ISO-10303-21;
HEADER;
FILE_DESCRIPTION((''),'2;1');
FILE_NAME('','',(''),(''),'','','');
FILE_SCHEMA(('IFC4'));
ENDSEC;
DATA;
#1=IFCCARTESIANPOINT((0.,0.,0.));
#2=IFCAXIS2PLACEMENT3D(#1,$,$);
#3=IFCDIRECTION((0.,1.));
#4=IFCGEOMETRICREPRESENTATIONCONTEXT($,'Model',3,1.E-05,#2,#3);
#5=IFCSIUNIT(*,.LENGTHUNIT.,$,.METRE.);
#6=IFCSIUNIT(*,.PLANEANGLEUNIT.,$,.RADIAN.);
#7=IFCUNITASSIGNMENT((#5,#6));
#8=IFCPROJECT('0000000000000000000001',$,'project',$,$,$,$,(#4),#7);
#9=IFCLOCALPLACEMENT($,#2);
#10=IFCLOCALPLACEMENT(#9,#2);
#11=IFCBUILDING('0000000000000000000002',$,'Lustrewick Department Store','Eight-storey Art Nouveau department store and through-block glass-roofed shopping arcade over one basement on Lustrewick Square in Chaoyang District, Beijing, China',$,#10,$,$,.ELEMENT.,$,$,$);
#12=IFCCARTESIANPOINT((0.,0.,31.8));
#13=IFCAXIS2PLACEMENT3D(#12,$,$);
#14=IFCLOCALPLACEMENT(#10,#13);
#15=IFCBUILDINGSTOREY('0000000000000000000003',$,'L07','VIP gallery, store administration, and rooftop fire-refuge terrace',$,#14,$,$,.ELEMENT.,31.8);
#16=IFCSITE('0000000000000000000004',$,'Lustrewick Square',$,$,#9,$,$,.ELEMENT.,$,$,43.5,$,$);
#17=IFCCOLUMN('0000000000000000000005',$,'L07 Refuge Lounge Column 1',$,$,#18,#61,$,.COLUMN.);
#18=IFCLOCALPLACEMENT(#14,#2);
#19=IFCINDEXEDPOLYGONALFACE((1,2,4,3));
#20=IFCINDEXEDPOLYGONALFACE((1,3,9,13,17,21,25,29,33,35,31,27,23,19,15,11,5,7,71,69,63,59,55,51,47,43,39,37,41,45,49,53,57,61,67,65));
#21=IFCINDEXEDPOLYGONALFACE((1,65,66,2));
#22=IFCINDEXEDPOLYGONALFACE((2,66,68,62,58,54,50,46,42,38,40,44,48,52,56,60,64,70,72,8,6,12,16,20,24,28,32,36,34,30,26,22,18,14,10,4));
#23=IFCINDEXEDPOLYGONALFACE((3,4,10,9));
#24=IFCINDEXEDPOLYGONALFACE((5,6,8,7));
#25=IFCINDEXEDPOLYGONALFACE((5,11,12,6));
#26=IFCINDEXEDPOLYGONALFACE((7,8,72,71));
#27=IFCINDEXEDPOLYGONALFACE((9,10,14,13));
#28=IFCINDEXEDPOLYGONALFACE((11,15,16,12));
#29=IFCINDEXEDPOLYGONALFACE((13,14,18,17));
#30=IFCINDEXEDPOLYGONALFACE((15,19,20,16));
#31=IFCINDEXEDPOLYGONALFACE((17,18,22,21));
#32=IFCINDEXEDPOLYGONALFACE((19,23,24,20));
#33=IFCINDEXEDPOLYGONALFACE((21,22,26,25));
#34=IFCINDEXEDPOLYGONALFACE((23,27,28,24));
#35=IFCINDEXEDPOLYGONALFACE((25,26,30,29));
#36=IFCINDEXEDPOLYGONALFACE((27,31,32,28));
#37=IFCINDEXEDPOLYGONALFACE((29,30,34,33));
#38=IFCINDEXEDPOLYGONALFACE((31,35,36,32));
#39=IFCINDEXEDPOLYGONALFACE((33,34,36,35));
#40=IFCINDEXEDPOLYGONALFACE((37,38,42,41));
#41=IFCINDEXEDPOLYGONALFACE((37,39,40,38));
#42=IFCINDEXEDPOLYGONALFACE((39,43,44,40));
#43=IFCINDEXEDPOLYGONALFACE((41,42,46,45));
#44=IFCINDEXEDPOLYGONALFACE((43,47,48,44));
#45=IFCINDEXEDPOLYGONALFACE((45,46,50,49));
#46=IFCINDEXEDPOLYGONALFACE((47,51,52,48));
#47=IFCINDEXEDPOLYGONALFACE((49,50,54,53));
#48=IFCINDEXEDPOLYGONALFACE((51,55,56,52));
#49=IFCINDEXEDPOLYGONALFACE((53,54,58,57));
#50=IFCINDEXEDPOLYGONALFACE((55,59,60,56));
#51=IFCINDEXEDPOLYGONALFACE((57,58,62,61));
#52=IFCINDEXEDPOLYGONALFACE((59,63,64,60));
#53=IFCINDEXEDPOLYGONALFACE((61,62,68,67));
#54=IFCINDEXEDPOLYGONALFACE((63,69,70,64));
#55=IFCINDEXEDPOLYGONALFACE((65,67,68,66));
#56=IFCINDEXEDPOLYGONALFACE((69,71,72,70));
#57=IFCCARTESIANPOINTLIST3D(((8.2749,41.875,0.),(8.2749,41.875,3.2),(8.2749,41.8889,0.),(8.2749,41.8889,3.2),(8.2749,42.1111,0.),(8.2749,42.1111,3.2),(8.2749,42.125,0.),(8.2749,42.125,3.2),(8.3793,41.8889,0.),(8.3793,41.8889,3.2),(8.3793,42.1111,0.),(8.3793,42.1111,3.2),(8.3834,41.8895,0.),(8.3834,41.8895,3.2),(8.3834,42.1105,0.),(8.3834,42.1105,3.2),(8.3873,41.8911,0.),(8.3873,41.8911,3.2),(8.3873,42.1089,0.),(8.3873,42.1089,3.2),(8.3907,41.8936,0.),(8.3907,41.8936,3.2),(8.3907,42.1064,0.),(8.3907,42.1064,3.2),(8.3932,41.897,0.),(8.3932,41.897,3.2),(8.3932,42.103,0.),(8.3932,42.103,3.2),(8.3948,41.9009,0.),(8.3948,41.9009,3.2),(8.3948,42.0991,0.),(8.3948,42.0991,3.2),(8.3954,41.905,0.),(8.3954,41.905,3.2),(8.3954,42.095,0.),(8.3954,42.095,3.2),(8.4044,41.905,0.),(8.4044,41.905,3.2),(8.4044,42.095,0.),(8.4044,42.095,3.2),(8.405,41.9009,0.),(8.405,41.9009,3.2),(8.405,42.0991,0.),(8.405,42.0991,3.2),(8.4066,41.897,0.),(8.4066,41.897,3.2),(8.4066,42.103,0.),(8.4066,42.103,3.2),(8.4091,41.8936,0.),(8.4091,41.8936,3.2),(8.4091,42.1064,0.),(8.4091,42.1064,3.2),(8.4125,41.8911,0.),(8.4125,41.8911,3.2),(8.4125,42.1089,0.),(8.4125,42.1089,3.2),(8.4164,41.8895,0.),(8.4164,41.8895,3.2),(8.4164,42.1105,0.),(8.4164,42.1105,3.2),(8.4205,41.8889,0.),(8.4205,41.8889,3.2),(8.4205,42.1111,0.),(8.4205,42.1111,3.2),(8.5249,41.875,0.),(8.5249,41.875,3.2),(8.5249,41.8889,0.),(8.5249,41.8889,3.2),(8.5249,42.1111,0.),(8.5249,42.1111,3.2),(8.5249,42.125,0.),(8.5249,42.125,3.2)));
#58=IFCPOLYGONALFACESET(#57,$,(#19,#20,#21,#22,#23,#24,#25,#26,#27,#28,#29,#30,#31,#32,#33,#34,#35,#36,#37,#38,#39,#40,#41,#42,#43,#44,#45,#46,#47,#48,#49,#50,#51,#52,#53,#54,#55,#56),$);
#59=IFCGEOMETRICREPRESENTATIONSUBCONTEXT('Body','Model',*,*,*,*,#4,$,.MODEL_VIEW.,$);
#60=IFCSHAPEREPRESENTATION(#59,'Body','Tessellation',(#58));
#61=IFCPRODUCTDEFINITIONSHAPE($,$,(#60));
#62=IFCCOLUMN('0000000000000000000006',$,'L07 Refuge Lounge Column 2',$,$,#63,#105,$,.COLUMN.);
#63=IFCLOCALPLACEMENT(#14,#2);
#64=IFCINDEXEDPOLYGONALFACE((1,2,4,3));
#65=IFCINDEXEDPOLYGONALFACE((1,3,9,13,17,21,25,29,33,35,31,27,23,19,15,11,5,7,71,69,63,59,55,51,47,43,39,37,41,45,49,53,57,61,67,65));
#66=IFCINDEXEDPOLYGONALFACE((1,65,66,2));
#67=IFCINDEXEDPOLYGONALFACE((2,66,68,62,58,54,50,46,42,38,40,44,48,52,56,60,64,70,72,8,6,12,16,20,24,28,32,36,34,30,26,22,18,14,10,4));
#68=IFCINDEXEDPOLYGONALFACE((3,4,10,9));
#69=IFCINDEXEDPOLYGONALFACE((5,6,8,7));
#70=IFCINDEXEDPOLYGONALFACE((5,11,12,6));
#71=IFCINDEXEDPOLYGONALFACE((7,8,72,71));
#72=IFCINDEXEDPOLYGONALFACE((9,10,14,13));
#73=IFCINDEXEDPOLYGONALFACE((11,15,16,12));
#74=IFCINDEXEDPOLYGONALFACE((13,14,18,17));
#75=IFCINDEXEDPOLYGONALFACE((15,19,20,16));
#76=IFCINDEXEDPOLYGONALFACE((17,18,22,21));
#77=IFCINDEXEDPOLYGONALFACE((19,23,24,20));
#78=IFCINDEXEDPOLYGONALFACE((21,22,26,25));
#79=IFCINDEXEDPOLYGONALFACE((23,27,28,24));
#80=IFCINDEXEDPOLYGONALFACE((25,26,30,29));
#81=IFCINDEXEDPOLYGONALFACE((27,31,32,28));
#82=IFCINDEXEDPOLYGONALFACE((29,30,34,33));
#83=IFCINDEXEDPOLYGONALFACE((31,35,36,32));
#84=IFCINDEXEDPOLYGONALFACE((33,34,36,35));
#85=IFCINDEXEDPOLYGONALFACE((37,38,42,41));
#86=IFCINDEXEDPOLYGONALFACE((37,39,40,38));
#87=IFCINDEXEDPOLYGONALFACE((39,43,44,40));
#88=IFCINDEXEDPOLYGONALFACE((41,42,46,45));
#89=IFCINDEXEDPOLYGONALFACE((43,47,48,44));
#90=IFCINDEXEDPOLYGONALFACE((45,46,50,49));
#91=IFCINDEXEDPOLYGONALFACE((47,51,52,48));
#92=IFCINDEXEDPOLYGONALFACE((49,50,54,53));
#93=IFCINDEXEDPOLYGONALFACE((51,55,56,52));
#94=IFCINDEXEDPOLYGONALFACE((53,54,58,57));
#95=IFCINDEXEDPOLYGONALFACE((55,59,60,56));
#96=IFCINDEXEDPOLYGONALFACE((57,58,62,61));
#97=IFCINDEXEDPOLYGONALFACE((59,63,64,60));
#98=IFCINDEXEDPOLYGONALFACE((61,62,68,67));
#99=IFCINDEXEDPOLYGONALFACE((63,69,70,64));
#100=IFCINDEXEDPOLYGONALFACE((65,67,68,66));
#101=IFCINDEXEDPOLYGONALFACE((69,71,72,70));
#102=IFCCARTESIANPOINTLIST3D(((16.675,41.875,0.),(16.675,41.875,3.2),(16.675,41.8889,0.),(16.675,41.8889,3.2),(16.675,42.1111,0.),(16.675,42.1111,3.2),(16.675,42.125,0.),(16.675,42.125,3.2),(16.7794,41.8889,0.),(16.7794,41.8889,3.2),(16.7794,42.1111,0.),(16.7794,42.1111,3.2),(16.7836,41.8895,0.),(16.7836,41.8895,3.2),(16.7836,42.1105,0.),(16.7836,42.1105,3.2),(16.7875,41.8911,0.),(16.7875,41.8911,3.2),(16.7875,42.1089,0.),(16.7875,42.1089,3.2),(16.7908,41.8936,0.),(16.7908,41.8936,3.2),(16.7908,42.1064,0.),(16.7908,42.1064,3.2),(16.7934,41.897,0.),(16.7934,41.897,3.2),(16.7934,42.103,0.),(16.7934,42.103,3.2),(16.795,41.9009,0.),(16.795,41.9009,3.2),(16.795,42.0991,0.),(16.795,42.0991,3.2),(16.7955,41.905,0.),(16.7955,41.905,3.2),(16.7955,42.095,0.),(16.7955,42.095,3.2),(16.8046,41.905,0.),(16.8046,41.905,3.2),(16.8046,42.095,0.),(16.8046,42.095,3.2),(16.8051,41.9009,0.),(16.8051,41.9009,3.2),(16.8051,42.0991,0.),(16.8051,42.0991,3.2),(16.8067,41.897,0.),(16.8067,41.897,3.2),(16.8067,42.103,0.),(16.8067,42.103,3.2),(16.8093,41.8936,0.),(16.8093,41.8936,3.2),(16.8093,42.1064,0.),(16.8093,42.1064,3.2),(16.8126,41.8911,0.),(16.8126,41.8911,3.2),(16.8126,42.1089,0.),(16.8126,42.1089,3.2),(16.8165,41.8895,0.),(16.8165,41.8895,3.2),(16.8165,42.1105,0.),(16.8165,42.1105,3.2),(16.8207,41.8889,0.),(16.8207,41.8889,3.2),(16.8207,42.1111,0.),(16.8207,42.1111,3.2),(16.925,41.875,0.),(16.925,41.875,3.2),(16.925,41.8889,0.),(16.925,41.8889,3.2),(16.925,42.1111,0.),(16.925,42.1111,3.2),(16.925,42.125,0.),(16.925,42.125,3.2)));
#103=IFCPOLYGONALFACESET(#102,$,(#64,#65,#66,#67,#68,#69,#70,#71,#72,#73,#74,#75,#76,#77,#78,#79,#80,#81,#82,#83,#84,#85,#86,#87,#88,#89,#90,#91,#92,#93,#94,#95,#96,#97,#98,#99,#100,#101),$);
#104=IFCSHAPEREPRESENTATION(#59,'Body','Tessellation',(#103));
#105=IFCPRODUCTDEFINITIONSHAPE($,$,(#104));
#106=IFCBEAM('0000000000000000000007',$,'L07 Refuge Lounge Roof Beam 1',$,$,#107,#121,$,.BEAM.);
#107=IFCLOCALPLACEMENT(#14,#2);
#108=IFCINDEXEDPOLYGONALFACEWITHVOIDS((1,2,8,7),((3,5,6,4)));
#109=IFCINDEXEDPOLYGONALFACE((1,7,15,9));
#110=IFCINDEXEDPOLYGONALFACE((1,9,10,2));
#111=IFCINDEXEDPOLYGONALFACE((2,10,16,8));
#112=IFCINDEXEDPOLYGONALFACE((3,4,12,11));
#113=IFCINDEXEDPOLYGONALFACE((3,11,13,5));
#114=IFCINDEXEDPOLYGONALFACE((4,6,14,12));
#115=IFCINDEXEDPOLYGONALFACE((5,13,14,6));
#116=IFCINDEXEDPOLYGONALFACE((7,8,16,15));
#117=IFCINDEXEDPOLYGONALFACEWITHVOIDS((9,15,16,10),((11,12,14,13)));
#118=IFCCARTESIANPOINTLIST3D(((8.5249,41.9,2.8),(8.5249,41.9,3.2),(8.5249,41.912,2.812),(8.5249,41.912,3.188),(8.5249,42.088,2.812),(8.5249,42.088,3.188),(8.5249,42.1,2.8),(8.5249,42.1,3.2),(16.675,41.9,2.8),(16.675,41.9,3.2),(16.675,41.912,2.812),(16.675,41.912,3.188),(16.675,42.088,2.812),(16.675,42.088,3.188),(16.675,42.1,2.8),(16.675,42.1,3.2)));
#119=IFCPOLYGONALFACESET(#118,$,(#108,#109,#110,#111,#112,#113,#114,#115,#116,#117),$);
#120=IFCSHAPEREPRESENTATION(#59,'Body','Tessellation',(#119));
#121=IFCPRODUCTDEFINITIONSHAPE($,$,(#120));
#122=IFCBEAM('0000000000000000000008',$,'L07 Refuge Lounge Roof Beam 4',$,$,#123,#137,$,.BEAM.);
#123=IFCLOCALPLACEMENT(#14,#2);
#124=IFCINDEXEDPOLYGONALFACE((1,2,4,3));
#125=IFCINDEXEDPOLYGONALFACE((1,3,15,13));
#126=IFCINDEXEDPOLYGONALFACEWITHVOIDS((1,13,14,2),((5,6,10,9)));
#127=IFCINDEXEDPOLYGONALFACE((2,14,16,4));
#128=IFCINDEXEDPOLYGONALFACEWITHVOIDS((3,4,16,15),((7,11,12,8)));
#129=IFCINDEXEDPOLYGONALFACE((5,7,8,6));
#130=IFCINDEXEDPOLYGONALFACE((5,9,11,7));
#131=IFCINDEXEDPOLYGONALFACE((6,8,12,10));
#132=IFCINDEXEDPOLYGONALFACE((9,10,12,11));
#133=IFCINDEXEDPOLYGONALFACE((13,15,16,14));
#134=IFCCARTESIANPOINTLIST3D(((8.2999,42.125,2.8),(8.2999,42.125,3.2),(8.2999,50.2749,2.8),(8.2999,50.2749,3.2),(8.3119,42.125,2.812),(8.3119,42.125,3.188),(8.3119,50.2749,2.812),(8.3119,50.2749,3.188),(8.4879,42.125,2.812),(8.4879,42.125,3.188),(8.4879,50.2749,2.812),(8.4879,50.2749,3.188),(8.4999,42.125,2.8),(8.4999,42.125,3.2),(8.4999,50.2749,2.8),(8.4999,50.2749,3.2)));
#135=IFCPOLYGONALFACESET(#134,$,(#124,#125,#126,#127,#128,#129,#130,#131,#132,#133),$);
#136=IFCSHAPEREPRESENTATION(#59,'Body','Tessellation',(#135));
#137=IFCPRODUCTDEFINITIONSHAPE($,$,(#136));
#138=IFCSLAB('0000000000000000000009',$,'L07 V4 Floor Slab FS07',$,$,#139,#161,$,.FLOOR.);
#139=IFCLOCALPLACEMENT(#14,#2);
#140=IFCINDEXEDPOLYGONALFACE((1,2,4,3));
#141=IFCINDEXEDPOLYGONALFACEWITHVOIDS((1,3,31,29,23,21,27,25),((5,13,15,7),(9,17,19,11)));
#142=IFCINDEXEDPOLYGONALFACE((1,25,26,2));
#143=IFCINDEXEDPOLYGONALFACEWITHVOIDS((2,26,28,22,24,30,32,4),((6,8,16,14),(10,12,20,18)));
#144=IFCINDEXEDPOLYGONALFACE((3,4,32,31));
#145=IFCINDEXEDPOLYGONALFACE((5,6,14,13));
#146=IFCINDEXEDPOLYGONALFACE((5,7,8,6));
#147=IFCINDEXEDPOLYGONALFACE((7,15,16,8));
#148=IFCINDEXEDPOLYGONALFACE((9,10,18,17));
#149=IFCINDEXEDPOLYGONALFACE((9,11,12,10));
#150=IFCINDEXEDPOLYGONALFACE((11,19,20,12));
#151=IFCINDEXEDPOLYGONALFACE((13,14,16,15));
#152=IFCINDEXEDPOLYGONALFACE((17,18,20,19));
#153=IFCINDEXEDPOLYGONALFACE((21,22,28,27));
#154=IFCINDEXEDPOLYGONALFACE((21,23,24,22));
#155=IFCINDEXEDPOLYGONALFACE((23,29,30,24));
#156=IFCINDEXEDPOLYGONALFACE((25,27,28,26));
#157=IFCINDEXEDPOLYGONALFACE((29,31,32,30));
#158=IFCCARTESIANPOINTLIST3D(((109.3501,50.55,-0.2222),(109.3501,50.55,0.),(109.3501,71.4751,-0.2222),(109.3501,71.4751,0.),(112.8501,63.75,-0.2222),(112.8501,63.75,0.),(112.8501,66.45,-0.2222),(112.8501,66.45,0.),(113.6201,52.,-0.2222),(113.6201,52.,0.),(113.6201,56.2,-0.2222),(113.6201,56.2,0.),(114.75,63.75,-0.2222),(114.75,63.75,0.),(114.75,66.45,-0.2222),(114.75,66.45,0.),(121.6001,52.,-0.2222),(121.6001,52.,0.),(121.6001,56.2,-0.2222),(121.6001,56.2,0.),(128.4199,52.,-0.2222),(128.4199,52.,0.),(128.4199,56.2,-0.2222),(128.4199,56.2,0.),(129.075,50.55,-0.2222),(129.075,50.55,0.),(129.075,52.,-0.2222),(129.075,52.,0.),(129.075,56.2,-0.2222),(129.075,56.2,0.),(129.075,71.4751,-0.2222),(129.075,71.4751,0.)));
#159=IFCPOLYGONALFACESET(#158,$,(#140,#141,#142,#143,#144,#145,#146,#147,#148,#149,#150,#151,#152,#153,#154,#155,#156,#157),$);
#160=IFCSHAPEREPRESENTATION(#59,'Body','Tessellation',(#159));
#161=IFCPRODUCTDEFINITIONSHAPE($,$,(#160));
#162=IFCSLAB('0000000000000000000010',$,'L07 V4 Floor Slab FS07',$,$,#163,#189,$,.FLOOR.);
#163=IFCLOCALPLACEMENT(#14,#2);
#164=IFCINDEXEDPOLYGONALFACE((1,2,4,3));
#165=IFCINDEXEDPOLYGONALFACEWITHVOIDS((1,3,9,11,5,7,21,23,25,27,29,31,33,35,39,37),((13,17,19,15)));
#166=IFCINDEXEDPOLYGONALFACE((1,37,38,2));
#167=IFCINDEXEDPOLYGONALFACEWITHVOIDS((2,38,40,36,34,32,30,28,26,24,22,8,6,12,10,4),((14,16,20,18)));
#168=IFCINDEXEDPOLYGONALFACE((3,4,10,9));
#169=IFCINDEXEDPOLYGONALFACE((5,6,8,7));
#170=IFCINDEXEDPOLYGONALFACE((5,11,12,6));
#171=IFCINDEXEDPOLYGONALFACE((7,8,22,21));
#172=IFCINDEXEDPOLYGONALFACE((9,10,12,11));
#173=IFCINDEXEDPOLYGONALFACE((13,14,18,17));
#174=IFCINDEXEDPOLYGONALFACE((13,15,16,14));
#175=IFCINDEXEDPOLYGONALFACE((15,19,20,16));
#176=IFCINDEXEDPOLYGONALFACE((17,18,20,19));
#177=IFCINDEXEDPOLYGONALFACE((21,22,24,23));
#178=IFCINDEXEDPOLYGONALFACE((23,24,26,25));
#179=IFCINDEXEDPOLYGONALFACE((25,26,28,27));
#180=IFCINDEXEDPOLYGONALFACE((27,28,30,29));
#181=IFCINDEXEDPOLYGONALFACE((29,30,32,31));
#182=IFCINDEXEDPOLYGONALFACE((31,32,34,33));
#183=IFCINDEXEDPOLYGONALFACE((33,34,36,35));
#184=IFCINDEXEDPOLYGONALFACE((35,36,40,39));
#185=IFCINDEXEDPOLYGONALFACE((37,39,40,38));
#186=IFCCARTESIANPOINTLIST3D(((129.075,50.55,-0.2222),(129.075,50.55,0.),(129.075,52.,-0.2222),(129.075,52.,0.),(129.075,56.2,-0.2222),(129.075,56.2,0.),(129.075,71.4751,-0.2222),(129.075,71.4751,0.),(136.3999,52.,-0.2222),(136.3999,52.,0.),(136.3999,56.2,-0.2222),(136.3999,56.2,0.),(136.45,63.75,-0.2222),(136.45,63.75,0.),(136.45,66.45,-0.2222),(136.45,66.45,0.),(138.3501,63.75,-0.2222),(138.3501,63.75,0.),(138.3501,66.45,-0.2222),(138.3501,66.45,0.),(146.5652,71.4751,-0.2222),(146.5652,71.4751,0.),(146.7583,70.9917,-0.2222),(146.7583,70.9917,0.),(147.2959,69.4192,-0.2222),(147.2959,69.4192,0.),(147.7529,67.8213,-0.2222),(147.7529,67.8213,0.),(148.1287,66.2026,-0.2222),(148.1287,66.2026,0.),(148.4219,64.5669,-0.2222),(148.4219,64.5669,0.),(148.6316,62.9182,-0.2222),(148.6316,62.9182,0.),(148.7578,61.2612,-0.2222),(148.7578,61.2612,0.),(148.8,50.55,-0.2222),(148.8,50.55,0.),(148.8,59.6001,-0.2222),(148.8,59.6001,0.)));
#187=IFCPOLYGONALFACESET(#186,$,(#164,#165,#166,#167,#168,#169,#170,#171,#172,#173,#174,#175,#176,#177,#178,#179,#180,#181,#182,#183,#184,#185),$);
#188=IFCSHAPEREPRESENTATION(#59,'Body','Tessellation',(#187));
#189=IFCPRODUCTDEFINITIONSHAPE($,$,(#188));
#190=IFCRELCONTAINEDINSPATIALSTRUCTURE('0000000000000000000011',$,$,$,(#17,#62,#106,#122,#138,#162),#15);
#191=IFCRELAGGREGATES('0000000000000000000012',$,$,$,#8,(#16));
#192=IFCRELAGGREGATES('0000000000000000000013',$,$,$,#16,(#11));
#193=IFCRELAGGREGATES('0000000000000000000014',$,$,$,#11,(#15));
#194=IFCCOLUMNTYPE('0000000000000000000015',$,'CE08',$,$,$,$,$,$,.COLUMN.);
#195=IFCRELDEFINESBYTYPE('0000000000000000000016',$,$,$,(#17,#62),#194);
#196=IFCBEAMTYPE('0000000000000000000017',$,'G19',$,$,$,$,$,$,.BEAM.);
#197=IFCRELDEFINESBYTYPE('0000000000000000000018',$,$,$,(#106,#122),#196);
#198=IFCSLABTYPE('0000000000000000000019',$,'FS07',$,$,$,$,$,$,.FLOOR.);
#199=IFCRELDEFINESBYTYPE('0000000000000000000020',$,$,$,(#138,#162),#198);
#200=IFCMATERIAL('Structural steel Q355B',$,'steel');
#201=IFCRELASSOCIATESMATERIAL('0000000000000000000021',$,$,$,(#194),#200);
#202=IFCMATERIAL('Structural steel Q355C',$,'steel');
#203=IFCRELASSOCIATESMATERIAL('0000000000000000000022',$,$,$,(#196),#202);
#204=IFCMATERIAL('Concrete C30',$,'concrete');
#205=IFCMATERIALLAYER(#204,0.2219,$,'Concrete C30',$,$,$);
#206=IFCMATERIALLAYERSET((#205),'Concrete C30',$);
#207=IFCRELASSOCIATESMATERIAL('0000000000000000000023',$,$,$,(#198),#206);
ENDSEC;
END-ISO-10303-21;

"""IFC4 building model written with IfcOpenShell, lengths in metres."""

from ifc_helpers import new_model, si_unit, direction, frame, origin, origin_2d, place, context, subcontext, project, spatial, polyline, hollow_rectangle, i_section, outline, extrude, material, layer, layer_set, material_profile, profile_set, type_object, element, save


model = new_model("IFC4")

# Units and contexts
model_context = context("Model", 3, precision=1e-05, world=origin(), true_north=direction((0.0, 1.0)))
body_context = subcontext(model_context, "Body", "Model", "MODEL_VIEW")
ifc_project = project(units=[si_unit("LENGTHUNIT", "METRE"), si_unit("PLANEANGLEUNIT", "RADIAN")], contexts=[model_context])

# Site, building, storey
site_placement = place(None, origin())
site = spatial("IfcSite", under=ifc_project, at=site_placement, Name="Lustrewick Square", CompositionType="ELEMENT", RefElevation=43.5)
building_placement = place(site_placement, origin())
building = spatial("IfcBuilding", under=site, at=building_placement, Name="Lustrewick Department Store", Description="Eight-storey Art Nouveau department store and through-block glass-roofed shopping arcade over one basement on Lustrewick Square in Chaoyang District, Beijing, China", CompositionType="ELEMENT")
storey_placement = place(building_placement, frame((0.0, 0.0, 31.8)))
storey = spatial("IfcBuildingStorey", under=building, at=storey_placement, Name="L07", Description="VIP gallery, store administration, and rooftop fire-refuge terrace", CompositionType="ELEMENT", Elevation=31.8)

# Columns
ifc_material_1 = material(Name="Structural steel Q355B", Category="steel")
ifc_material_profile_1 = material_profile(ifc_material_1, i_section(OverallWidth=0.25, OverallDepth=0.25, WebThickness=0.009, FlangeThickness=0.0139, FilletRadius=0.0161, at=origin_2d()), Name="HW 250x250x9x14")
ifc_profile_set_1 = profile_set([ifc_material_profile_1], Name="Structural steel Q355B")
column_type = type_object("IfcColumnType", Name="CE08", PredefinedType="COLUMN", material=ifc_profile_set_1)
for number, where, z_axis, x_axis, name in (
    (1, (8.3999, 42.0, 0.0), (0.0, 0.0, 1.0), (1.0, 0.0, 0.0), "L07 Refuge Lounge Column 1"),
    (2, (16.8, 42.0, 0.0), (0.0, 0.0, 1.0), (1.0, 0.0, 0.0), "L07 Refuge Lounge Column 2"),
):
    element("IfcColumn", number, at=place(storey_placement, frame(where, z_axis=z_axis, x_axis=x_axis)), inside=storey, type_object=column_type, Name=name, PredefinedType="COLUMN", context=body_context, shape_type="SweptSolid", body=[
        extrude(i_section(OverallWidth=0.25, OverallDepth=0.25, WebThickness=0.009, FlangeThickness=0.0139, FilletRadius=0.0161, at=origin_2d()), origin(), (0.0, 0.0, 1.0), 3.2),
    ])

# Beams
ifc_material_2 = material(Name="Structural steel Q355C", Category="steel")
ifc_material_profile_2 = material_profile(ifc_material_2, hollow_rectangle(XDim=0.2, YDim=0.3999, WallThickness=0.012, at=origin_2d()), Name="RHS 400x200x12")
ifc_profile_set_2 = profile_set([ifc_material_profile_2], Name="Structural steel Q355C")
beam_type = type_object("IfcBeamType", Name="G19", PredefinedType="BEAM", material=ifc_profile_set_2)
beam_1_placement = place(storey_placement, frame((8.5249, 42.0, 3.0), z_axis=(1.0, 0.0, 0.0), x_axis=(0.0, 1.0, 0.0)))
element("IfcBeam", 3, at=beam_1_placement, inside=storey, type_object=beam_type, Name="L07 Refuge Lounge Roof Beam 1", PredefinedType="BEAM", context=body_context, shape_type="SweptSolid", body=[
    extrude(hollow_rectangle(XDim=0.2, YDim=0.3999, WallThickness=0.012, at=origin_2d()), origin(), (0.0, 0.0, 1.0), 8.1501),
])
beam_2_placement = place(storey_placement, frame((8.3999, 42.125, 3.0), z_axis=(0.0, 1.0, 0.0), x_axis=(-1.0, 0.0, 0.0)))
element("IfcBeam", 4, at=beam_2_placement, inside=storey, type_object=beam_type, Name="L07 Refuge Lounge Roof Beam 4", PredefinedType="BEAM", context=body_context, shape_type="SweptSolid", body=[
    extrude(hollow_rectangle(XDim=0.2, YDim=0.3999, WallThickness=0.012, at=origin_2d()), origin(), (0.0, 0.0, 1.0), 8.1499),
])

# Slabs
ifc_material_3 = material(Name="Concrete C30", Category="concrete")
ifc_layer_1 = layer(ifc_material_3, 0.2219, Name="Concrete C30")
ifc_layer_set_1 = layer_set([ifc_layer_1], Name="Concrete C30")
slab_type_1 = type_object("IfcSlabType", Name="FS07", PredefinedType="FLOOR", material=ifc_layer_set_1)
slab_1_placement = place(storey_placement, frame((0.0, 0.0, -0.2222)))
element("IfcSlab", 5, at=slab_1_placement, inside=storey, type_object=slab_type_1, Name="L07 V4 Floor Slab FS07", PredefinedType="FLOOR", context=body_context, shape_type="SweptSolid", body=[
    extrude(outline(polyline([(109.3501, 50.55), (129.075, 50.55), (129.075, 52.0), (128.4199, 52.0), (128.4199, 56.2), (129.075, 56.2), (129.075, 71.4751), (109.3501, 71.4751), (109.3501, 50.55)]), holes=[polyline([(121.6001, 52.0), (113.6201, 52.0), (113.6201, 56.2), (121.6001, 56.2), (121.6001, 52.0)]), polyline([(114.75, 63.75), (112.8501, 63.75), (112.8501, 66.45), (114.75, 66.45), (114.75, 63.75)])]), origin(), (0.0, 0.0, 1.0), 0.2222),
])
slab_2_placement = place(storey_placement, frame((0.0, 0.0, -0.2222)))
element("IfcSlab", 6, at=slab_2_placement, inside=storey, type_object=slab_type_1, Name="L07 V4 Floor Slab FS07", PredefinedType="FLOOR", context=body_context, shape_type="SweptSolid", body=[
    extrude(outline(polyline([(146.7583, 70.9917), (146.5652, 71.4751), (129.075, 71.4751), (129.075, 56.2), (136.3999, 56.2), (136.3999, 52.0), (129.075, 52.0), (129.075, 50.55), (148.8, 50.55), (148.8, 59.6001), (148.7578, 61.2612), (148.6316, 62.9182), (148.4219, 64.5669), (148.1287, 66.2026), (147.7529, 67.8213), (147.2959, 69.4192), (146.7583, 70.9917)]), holes=[polyline([(138.3501, 66.45), (138.3501, 63.75), (136.45, 63.75), (136.45, 66.45), (138.3501, 66.45)])]), origin(), (0.0, 0.0, 1.0), 0.2222),
])

save(model, "model.ifc")
